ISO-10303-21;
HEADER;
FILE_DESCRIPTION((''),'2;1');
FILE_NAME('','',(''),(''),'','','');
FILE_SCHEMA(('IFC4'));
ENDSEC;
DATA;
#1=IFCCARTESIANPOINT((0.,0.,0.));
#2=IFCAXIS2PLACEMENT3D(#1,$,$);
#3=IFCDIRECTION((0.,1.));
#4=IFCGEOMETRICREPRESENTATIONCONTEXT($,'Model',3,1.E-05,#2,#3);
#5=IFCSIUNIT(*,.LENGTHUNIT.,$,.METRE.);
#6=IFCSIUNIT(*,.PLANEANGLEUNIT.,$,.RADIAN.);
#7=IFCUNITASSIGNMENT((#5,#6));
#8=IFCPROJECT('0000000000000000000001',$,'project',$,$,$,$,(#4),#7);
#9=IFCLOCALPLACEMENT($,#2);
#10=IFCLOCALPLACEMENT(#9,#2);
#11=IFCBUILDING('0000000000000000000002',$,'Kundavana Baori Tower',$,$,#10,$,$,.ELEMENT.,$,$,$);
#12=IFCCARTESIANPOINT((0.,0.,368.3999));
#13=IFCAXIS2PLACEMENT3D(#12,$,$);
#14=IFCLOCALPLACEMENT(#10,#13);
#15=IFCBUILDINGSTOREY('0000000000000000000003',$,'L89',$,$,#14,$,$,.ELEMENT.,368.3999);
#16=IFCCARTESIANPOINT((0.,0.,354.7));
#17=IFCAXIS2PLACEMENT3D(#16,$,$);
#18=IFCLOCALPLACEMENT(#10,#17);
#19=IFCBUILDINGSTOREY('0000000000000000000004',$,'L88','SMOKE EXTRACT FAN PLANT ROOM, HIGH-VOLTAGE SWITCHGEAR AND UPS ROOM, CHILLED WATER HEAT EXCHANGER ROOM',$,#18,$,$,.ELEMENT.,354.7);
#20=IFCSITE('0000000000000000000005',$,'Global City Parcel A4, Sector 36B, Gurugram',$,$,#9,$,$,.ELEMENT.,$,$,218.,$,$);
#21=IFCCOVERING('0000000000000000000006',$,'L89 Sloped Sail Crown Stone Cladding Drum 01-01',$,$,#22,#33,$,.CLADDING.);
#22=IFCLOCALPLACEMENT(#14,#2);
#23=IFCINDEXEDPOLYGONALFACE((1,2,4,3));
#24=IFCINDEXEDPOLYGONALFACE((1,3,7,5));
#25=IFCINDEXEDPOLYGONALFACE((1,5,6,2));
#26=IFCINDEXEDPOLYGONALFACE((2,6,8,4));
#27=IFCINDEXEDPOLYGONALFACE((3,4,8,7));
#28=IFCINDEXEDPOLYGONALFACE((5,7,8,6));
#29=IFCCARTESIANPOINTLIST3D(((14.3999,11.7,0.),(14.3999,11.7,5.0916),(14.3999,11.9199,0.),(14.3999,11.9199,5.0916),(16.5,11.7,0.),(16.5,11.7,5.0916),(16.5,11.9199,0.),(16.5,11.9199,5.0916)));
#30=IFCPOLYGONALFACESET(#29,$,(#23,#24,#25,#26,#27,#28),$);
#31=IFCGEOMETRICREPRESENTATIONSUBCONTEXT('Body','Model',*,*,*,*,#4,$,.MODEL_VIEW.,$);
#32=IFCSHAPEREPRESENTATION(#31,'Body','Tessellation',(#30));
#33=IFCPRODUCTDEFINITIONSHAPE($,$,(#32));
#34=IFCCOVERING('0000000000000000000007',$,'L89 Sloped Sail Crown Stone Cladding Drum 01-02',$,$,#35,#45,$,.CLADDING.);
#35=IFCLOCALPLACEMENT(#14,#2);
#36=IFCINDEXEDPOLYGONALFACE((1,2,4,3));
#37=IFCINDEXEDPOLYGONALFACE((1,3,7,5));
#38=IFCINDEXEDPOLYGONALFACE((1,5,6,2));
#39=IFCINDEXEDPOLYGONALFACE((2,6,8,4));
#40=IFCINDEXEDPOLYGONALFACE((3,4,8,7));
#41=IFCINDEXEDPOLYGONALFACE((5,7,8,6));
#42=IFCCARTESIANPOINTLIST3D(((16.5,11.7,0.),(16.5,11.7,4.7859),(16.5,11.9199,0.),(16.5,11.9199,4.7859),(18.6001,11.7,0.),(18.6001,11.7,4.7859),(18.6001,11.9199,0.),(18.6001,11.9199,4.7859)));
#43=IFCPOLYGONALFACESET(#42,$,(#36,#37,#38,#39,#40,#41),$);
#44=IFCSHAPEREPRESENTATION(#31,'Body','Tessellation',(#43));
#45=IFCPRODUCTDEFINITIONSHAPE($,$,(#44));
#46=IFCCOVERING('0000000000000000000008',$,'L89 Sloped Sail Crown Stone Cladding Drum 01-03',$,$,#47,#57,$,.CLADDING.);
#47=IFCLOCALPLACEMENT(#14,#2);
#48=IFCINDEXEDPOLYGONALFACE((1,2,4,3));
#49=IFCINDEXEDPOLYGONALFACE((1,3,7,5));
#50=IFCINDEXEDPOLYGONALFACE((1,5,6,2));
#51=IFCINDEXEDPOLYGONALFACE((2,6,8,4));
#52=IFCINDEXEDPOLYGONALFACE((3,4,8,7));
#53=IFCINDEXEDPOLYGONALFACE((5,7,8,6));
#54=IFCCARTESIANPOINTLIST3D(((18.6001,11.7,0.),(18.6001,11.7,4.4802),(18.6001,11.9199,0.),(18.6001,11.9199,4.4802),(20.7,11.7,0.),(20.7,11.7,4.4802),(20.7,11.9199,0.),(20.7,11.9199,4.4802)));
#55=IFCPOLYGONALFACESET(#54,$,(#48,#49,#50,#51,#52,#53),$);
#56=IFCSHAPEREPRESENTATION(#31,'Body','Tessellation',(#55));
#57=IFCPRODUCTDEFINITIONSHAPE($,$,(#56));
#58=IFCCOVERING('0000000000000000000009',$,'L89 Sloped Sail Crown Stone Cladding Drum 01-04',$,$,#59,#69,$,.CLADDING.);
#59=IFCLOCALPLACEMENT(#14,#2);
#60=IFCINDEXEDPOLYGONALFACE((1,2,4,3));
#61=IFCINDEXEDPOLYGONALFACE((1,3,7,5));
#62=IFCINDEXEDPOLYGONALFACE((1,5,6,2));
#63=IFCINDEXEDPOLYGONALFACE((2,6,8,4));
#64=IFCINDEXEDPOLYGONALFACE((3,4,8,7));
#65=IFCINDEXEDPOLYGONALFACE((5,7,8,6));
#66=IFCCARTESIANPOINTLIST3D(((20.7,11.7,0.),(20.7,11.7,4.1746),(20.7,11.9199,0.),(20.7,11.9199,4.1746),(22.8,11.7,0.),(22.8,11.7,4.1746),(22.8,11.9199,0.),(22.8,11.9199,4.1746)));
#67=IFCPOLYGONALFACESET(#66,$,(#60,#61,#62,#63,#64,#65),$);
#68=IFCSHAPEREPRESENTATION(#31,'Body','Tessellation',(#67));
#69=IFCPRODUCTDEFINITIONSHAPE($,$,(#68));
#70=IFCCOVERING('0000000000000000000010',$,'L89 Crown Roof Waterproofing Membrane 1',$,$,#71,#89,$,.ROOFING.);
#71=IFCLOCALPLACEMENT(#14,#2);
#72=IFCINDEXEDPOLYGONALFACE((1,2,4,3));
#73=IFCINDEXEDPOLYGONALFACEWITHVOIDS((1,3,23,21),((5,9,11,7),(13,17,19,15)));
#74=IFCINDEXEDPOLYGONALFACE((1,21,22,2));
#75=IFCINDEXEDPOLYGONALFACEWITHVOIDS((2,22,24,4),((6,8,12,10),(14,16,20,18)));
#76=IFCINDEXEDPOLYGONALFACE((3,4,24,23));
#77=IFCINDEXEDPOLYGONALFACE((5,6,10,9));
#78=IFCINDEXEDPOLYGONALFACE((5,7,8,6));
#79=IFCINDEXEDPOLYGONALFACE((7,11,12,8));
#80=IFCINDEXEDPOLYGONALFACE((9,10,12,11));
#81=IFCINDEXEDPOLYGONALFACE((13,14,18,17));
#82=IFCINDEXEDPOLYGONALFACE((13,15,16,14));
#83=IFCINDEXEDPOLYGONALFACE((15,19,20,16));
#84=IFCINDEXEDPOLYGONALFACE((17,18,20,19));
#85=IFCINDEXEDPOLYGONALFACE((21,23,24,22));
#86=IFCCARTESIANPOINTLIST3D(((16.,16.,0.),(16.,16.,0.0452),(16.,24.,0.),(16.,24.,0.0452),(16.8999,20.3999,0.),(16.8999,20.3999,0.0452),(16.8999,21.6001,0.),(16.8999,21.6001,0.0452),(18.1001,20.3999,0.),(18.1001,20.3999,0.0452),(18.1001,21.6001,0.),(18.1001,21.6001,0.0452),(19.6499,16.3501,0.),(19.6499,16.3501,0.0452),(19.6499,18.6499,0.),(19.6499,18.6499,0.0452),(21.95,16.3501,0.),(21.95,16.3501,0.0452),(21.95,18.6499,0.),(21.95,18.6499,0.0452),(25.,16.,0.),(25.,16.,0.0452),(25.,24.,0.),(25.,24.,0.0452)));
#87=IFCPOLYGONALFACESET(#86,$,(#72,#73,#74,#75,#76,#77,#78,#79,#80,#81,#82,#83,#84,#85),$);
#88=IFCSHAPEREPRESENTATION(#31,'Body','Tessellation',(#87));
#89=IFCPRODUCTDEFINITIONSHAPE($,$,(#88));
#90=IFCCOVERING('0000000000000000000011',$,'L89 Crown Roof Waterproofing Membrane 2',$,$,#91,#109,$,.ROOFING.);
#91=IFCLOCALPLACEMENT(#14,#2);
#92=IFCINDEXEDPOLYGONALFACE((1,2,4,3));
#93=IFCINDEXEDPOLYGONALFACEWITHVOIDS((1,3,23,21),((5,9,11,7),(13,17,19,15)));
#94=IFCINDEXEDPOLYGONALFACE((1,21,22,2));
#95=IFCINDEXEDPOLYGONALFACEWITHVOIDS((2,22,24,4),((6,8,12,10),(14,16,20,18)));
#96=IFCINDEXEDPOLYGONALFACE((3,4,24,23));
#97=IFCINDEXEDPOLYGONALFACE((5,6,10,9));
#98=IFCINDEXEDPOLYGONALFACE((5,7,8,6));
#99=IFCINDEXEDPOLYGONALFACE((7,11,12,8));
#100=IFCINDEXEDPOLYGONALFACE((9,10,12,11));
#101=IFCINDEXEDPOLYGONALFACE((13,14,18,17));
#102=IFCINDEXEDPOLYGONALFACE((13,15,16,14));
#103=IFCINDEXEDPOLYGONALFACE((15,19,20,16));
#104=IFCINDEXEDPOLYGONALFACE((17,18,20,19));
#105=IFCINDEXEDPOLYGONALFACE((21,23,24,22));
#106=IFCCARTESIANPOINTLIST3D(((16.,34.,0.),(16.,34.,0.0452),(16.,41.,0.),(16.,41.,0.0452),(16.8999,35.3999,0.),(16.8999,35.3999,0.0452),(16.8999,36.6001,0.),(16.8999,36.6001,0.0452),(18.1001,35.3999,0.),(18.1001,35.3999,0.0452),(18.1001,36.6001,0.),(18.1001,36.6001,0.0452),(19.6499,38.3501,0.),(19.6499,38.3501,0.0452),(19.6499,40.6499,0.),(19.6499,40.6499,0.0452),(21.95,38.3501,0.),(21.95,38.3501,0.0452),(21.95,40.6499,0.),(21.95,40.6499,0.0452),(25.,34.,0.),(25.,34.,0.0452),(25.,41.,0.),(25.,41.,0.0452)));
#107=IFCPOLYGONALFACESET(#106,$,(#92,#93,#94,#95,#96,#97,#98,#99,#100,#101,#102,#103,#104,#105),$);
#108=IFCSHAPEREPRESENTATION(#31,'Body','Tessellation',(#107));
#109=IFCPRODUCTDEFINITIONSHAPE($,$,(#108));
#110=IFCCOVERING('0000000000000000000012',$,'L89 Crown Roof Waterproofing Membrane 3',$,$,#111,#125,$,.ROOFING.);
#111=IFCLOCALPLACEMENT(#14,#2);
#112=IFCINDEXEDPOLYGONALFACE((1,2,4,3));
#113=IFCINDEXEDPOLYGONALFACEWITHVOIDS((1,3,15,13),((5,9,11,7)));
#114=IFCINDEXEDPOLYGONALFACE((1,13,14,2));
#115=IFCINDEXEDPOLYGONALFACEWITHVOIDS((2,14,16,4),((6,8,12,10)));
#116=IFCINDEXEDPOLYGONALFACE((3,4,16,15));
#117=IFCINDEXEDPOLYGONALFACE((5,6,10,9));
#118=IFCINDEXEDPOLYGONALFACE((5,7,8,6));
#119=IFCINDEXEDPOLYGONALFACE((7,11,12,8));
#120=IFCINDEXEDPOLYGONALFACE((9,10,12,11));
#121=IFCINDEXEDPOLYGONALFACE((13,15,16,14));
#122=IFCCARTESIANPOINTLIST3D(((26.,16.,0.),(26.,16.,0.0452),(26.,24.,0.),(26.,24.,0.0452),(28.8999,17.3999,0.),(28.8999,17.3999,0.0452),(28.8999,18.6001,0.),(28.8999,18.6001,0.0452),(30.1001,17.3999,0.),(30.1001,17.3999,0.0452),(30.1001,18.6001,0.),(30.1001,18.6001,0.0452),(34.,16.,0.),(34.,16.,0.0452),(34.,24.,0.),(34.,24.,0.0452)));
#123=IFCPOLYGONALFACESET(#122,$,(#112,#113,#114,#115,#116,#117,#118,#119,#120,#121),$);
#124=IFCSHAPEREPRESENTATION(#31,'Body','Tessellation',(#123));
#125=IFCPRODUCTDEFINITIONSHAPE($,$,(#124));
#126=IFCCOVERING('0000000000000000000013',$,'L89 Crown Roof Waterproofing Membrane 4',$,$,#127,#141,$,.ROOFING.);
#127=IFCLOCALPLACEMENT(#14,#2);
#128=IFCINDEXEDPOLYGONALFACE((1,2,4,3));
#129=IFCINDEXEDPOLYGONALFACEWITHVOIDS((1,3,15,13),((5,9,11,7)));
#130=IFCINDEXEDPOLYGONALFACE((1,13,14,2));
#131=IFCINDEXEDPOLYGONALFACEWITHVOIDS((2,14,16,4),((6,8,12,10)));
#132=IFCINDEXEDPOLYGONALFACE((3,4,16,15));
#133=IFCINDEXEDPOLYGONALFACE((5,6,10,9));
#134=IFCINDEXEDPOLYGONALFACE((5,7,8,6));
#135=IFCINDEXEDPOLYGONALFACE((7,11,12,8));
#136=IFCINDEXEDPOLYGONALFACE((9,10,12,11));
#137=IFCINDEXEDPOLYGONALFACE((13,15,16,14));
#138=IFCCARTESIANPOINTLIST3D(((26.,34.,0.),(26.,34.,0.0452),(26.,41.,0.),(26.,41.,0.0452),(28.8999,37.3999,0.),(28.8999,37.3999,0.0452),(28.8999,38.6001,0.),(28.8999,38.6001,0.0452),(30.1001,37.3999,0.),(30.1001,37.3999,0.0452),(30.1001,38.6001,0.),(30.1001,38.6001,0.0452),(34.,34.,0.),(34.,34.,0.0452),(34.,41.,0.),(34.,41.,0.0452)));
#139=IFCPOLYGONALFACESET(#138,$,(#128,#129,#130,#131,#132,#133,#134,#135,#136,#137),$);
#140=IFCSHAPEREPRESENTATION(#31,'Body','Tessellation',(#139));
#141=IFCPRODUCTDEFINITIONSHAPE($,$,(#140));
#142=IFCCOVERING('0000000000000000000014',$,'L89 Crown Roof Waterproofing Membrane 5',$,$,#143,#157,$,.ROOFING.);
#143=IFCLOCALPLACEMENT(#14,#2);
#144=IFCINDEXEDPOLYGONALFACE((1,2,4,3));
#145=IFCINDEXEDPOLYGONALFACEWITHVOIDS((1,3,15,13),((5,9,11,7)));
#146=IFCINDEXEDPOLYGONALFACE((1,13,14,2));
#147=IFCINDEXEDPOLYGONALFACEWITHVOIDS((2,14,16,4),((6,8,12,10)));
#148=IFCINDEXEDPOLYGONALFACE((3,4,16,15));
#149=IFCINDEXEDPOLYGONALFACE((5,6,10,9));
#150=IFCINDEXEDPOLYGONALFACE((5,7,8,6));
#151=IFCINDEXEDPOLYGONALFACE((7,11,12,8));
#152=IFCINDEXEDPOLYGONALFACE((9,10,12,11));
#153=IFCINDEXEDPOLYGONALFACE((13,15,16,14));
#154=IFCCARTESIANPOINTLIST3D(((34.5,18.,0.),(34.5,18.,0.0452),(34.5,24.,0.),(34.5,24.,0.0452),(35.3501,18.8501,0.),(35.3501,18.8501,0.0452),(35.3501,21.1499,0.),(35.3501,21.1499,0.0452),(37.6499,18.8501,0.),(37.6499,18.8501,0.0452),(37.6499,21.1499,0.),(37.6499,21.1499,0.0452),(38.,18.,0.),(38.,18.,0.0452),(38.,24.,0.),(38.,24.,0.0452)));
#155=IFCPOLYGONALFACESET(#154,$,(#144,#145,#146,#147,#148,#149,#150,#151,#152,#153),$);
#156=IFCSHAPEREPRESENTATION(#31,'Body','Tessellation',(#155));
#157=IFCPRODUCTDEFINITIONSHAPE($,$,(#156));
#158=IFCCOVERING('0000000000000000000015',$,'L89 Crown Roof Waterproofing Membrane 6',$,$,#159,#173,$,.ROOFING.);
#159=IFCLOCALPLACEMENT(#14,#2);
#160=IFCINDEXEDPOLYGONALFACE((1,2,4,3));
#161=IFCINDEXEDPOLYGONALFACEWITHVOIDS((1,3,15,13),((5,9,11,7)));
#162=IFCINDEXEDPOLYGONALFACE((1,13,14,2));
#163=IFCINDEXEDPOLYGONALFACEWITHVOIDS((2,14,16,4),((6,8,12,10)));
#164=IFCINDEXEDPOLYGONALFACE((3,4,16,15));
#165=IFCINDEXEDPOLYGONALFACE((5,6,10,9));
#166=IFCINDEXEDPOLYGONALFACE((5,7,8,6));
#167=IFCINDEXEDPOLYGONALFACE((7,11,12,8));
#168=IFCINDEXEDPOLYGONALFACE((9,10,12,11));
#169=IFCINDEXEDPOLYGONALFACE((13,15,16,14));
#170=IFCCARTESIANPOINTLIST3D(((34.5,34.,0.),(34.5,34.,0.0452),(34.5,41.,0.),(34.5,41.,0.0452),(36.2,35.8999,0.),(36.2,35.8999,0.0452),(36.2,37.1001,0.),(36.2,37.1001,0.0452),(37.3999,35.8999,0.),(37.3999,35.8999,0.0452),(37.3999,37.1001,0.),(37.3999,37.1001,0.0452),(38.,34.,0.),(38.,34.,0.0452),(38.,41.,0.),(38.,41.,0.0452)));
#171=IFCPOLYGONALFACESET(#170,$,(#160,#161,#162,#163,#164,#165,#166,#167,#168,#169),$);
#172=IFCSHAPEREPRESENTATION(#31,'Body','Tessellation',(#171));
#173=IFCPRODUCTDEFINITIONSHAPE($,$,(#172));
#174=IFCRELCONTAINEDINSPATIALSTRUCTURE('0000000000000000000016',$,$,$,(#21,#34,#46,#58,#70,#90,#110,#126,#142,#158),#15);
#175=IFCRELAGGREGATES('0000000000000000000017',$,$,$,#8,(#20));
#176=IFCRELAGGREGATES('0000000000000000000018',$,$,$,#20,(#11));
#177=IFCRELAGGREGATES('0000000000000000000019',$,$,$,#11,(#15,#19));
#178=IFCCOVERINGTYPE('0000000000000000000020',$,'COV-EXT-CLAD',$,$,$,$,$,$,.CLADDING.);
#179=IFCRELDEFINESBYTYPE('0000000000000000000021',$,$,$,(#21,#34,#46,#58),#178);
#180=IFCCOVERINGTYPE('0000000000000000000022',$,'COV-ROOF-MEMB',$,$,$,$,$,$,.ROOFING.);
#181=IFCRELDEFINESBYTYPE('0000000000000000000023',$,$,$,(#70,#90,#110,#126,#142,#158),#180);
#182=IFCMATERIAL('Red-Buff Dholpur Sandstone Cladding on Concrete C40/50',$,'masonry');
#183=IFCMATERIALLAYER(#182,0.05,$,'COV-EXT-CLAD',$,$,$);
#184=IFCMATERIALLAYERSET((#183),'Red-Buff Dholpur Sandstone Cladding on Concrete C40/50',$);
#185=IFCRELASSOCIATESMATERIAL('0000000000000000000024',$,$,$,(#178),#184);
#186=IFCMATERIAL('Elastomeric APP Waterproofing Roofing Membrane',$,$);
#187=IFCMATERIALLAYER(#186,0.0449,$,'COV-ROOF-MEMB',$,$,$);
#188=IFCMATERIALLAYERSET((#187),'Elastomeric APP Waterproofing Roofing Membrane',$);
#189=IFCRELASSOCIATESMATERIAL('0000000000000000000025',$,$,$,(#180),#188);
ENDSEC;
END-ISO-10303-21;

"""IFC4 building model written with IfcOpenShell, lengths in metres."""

from ifc_helpers import new_model, si_unit, direction, frame, origin, place, context, subcontext, project, spatial, polyline, outline, extrude, material, layer, layer_set, type_object, element, save


model = new_model("IFC4")

# Units and contexts
model_context = context("Model", 3, precision=1e-05, world=origin(), true_north=direction((0.0, 1.0)))
body_context = subcontext(model_context, "Body", "Model", "MODEL_VIEW")
ifc_project = project(units=[si_unit("LENGTHUNIT", "METRE"), si_unit("PLANEANGLEUNIT", "RADIAN")], contexts=[model_context])

# Site, building, storey
site_placement = place(None, origin())
site = spatial("IfcSite", under=ifc_project, at=site_placement, Name="Global City Parcel A4, Sector 36B, Gurugram", CompositionType="ELEMENT", RefElevation=218.0)
building_placement = place(site_placement, origin())
building = spatial("IfcBuilding", under=site, at=building_placement, Name="Kundavana Baori Tower", CompositionType="ELEMENT")
storey_1_placement = place(building_placement, frame((0.0, 0.0, 368.3999)))
storey_1 = spatial("IfcBuildingStorey", under=building, at=storey_1_placement, Name="L89", CompositionType="ELEMENT", Elevation=368.3999)

# Shared definitions
storey_2_placement = place(building_placement, frame((0.0, 0.0, 354.7)))
storey_2 = spatial("IfcBuildingStorey", under=building, at=storey_2_placement, Name="L88", Description="SMOKE EXTRACT FAN PLANT ROOM, HIGH-VOLTAGE SWITCHGEAR AND UPS ROOM, CHILLED WATER HEAT EXCHANGER ROOM", CompositionType="ELEMENT", Elevation=354.7)

# Coverings
ifc_material_1 = material(Name="Red-Buff Dholpur Sandstone Cladding on Concrete C40/50", Category="masonry")
ifc_layer_1 = layer(ifc_material_1, 0.05, Name="COV-EXT-CLAD")
ifc_layer_set_1 = layer_set([ifc_layer_1], Name="Red-Buff Dholpur Sandstone Cladding on Concrete C40/50")
covering_type_1 = type_object("IfcCoveringType", Name="COV-EXT-CLAD", PredefinedType="CLADDING", material=ifc_layer_set_1)
covering_1_placement = place(storey_1_placement, origin())
element("IfcCovering", 1, at=covering_1_placement, inside=storey_1, type_object=covering_type_1, Name="L89 Sloped Sail Crown Stone Cladding Drum 01-01", PredefinedType="CLADDING", context=body_context, shape_type="SweptSolid", body=[
    extrude(outline(polyline([(14.3999, 11.7), (16.5, 11.7), (16.5, 11.9199), (14.3999, 11.9199), (14.3999, 11.7)])), origin(), (0.0, 0.0, 1.0), 5.0916),
])
covering_2_placement = place(storey_1_placement, origin())
element("IfcCovering", 2, at=covering_2_placement, inside=storey_1, type_object=covering_type_1, Name="L89 Sloped Sail Crown Stone Cladding Drum 01-02", PredefinedType="CLADDING", context=body_context, shape_type="SweptSolid", body=[
    extrude(outline(polyline([(16.5, 11.7), (18.6001, 11.7), (18.6001, 11.9199), (16.5, 11.9199), (16.5, 11.7)])), origin(), (0.0, 0.0, 1.0), 4.7859),
])
covering_3_placement = place(storey_1_placement, origin())
element("IfcCovering", 3, at=covering_3_placement, inside=storey_1, type_object=covering_type_1, Name="L89 Sloped Sail Crown Stone Cladding Drum 01-03", PredefinedType="CLADDING", context=body_context, shape_type="SweptSolid", body=[
    extrude(outline(polyline([(18.6001, 11.7), (20.7, 11.7), (20.7, 11.9199), (18.6001, 11.9199), (18.6001, 11.7)])), origin(), (0.0, 0.0, 1.0), 4.4802),
])
covering_4_placement = place(storey_1_placement, origin())
element("IfcCovering", 4, at=covering_4_placement, inside=storey_1, type_object=covering_type_1, Name="L89 Sloped Sail Crown Stone Cladding Drum 01-04", PredefinedType="CLADDING", context=body_context, shape_type="SweptSolid", body=[
    extrude(outline(polyline([(20.7, 11.7), (22.8, 11.7), (22.8, 11.9199), (20.7, 11.9199), (20.7, 11.7)])), origin(), (0.0, 0.0, 1.0), 4.1746),
])
ifc_material_2 = material(Name="Elastomeric APP Waterproofing Roofing Membrane")
ifc_layer_2 = layer(ifc_material_2, 0.0449, Name="COV-ROOF-MEMB")
ifc_layer_set_2 = layer_set([ifc_layer_2], Name="Elastomeric APP Waterproofing Roofing Membrane")
covering_type_2 = type_object("IfcCoveringType", Name="COV-ROOF-MEMB", PredefinedType="ROOFING", material=ifc_layer_set_2)
covering_5_placement = place(storey_1_placement, origin())
element("IfcCovering", 5, at=covering_5_placement, inside=storey_1, type_object=covering_type_2, Name="L89 Crown Roof Waterproofing Membrane 1", PredefinedType="ROOFING", context=body_context, shape_type="SweptSolid", body=[
    extrude(outline(polyline([(16.0, 16.0), (25.0, 16.0), (25.0, 24.0), (16.0, 24.0), (16.0, 16.0)]), holes=[polyline([(19.6499, 16.3501), (21.95, 16.3501), (21.95, 18.6499), (19.6499, 18.6499), (19.6499, 16.3501)]), polyline([(16.8999, 20.3999), (18.1001, 20.3999), (18.1001, 21.6001), (16.8999, 21.6001), (16.8999, 20.3999)])]), origin(), (0.0, 0.0, 1.0), 0.0452),
])
covering_6_placement = place(storey_1_placement, origin())
element("IfcCovering", 6, at=covering_6_placement, inside=storey_1, type_object=covering_type_2, Name="L89 Crown Roof Waterproofing Membrane 2", PredefinedType="ROOFING", context=body_context, shape_type="SweptSolid", body=[
    extrude(outline(polyline([(16.0, 34.0), (25.0, 34.0), (25.0, 41.0), (16.0, 41.0), (16.0, 34.0)]), holes=[polyline([(19.6499, 38.3501), (21.95, 38.3501), (21.95, 40.6499), (19.6499, 40.6499), (19.6499, 38.3501)]), polyline([(16.8999, 35.3999), (18.1001, 35.3999), (18.1001, 36.6001), (16.8999, 36.6001), (16.8999, 35.3999)])]), origin(), (0.0, 0.0, 1.0), 0.0452),
])
covering_7_placement = place(storey_1_placement, origin())
element("IfcCovering", 7, at=covering_7_placement, inside=storey_1, type_object=covering_type_2, Name="L89 Crown Roof Waterproofing Membrane 3", PredefinedType="ROOFING", context=body_context, shape_type="SweptSolid", body=[
    extrude(outline(polyline([(26.0, 16.0), (34.0, 16.0), (34.0, 24.0), (26.0, 24.0), (26.0, 16.0)]), holes=[polyline([(28.8999, 17.3999), (30.1001, 17.3999), (30.1001, 18.6001), (28.8999, 18.6001), (28.8999, 17.3999)])]), origin(), (0.0, 0.0, 1.0), 0.0452),
])
covering_8_placement = place(storey_1_placement, origin())
element("IfcCovering", 8, at=covering_8_placement, inside=storey_1, type_object=covering_type_2, Name="L89 Crown Roof Waterproofing Membrane 4", PredefinedType="ROOFING", context=body_context, shape_type="SweptSolid", body=[
    extrude(outline(polyline([(26.0, 34.0), (34.0, 34.0), (34.0, 41.0), (26.0, 41.0), (26.0, 34.0)]), holes=[polyline([(28.8999, 37.3999), (30.1001, 37.3999), (30.1001, 38.6001), (28.8999, 38.6001), (28.8999, 37.3999)])]), origin(), (0.0, 0.0, 1.0), 0.0452),
])
covering_9_placement = place(storey_1_placement, origin())
element("IfcCovering", 9, at=covering_9_placement, inside=storey_1, type_object=covering_type_2, Name="L89 Crown Roof Waterproofing Membrane 5", PredefinedType="ROOFING", context=body_context, shape_type="SweptSolid", body=[
    extrude(outline(polyline([(34.5, 18.0), (38.0, 18.0), (38.0, 24.0), (34.5, 24.0), (34.5, 18.0)]), holes=[polyline([(35.3501, 18.8501), (37.6499, 18.8501), (37.6499, 21.1499), (35.3501, 21.1499), (35.3501, 18.8501)])]), origin(), (0.0, 0.0, 1.0), 0.0452),
])
covering_10_placement = place(storey_1_placement, origin())
element("IfcCovering", 10, at=covering_10_placement, inside=storey_1, type_object=covering_type_2, Name="L89 Crown Roof Waterproofing Membrane 6", PredefinedType="ROOFING", context=body_context, shape_type="SweptSolid", body=[
    extrude(outline(polyline([(34.5, 34.0), (38.0, 34.0), (38.0, 41.0), (34.5, 41.0), (34.5, 34.0)]), holes=[polyline([(36.2, 35.8999), (37.3999, 35.8999), (37.3999, 37.1001), (36.2, 37.1001), (36.2, 35.8999)])]), origin(), (0.0, 0.0, 1.0), 0.0452),
])

save(model, "model.ifc")
